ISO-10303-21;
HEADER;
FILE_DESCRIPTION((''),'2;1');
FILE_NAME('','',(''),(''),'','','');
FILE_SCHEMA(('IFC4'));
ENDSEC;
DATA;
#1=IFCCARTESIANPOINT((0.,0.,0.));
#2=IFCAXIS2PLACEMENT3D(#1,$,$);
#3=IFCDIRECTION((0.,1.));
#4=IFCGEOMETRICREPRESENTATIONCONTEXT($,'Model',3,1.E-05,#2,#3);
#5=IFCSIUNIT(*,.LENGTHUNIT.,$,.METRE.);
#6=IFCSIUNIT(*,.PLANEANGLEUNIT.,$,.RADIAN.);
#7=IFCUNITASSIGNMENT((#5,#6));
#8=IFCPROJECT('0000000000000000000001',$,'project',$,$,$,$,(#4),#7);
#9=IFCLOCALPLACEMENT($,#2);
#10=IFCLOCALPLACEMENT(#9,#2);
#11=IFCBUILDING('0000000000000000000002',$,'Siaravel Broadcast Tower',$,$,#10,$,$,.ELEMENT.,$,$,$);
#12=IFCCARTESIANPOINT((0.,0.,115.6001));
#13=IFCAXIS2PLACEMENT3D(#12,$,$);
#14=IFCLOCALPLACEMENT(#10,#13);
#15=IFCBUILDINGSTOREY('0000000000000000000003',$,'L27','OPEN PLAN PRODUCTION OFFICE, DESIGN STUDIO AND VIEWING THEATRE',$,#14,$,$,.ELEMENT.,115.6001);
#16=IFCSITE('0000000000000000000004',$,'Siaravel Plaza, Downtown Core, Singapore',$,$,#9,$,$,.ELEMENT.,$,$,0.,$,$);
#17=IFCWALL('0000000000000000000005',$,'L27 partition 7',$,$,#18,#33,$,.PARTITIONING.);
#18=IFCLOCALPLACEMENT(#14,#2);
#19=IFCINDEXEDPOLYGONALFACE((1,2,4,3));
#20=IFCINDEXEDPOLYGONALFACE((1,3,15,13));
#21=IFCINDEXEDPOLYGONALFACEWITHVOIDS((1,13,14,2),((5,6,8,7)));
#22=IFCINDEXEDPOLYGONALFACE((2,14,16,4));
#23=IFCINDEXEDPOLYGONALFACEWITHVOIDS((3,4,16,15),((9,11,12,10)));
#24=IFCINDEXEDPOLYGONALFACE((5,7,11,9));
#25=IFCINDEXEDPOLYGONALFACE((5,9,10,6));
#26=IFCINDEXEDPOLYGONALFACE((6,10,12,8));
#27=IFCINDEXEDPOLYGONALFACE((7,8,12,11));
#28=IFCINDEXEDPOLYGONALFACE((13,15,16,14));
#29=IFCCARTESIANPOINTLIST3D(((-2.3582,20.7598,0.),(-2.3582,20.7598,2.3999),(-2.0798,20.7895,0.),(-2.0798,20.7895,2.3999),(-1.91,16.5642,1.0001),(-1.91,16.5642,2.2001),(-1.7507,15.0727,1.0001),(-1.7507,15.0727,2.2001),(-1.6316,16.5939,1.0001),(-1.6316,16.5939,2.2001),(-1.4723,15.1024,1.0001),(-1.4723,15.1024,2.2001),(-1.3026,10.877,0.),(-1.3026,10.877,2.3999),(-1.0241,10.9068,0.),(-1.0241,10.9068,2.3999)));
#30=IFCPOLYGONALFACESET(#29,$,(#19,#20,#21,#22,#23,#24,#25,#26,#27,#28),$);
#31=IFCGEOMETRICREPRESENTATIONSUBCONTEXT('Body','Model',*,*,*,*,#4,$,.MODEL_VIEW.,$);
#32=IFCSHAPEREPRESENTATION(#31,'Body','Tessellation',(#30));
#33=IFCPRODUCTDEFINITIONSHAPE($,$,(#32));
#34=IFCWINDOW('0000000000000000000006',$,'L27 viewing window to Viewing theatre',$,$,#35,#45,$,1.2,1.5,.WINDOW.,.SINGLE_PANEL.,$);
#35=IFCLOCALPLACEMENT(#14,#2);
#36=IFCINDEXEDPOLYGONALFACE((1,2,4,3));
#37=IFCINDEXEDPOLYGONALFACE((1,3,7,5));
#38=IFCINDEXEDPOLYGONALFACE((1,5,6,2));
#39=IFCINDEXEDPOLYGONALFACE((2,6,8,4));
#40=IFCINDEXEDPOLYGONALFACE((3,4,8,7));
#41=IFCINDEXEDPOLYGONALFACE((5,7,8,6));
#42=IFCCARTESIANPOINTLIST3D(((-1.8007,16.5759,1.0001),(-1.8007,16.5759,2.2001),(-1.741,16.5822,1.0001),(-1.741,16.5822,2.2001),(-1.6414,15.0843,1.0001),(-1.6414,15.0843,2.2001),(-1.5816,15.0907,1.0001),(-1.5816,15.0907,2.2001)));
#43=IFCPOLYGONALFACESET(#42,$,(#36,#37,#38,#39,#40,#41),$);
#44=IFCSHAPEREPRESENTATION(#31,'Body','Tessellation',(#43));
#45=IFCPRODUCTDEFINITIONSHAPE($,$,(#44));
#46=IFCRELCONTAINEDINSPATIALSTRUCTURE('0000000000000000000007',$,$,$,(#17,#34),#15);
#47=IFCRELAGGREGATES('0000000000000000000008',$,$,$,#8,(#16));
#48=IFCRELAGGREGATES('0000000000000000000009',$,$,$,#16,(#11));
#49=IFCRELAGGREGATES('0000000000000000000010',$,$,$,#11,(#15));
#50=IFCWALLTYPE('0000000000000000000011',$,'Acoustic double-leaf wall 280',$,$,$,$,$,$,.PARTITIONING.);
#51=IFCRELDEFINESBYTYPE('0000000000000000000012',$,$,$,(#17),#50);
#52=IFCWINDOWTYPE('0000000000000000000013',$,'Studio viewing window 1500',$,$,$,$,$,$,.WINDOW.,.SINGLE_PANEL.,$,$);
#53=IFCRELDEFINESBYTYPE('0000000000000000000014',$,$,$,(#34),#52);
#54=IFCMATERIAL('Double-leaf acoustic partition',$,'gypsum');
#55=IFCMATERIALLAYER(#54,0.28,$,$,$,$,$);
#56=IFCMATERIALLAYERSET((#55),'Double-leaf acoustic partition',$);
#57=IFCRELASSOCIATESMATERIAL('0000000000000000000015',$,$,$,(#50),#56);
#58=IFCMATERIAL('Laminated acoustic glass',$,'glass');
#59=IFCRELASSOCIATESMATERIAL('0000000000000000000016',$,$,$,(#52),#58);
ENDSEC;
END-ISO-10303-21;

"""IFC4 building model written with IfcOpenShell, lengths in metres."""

from ifc_helpers import new_model, si_unit, direction, frame, frame_2d, origin, place, context, subcontext, project, spatial, rectangle, extrude, material, layer, layer_set, type_object, element, fill, save


model = new_model("IFC4")

# Units and contexts
model_context = context("Model", 3, precision=1e-05, world=origin(), true_north=direction((0.0, 1.0)))
body_context = subcontext(model_context, "Body", "Model", "MODEL_VIEW")
ifc_project = project(units=[si_unit("LENGTHUNIT", "METRE"), si_unit("PLANEANGLEUNIT", "RADIAN")], contexts=[model_context])

# Site, building, storey
site_placement = place(None, origin())
site = spatial("IfcSite", under=ifc_project, at=site_placement, Name="Siaravel Plaza, Downtown Core, Singapore", CompositionType="ELEMENT", RefElevation=0.0)
building_placement = place(site_placement, origin())
building = spatial("IfcBuilding", under=site, at=building_placement, Name="Siaravel Broadcast Tower", CompositionType="ELEMENT")
storey_placement = place(building_placement, frame((0.0, 0.0, 115.6001)))
storey = spatial("IfcBuildingStorey", under=building, at=storey_placement, Name="L27", Description="OPEN PLAN PRODUCTION OFFICE, DESIGN STUDIO AND VIEWING THEATRE", CompositionType="ELEMENT", Elevation=115.6001)

# Wall, opening, window
ifc_material_1 = material(Name="Double-leaf acoustic partition", Category="gypsum")
ifc_layer_1 = layer(ifc_material_1, 0.28)
ifc_layer_set_1 = layer_set([ifc_layer_1], Name="Double-leaf acoustic partition")
wall_type = type_object("IfcWallType", Name="Acoustic double-leaf wall 280", PredefinedType="PARTITIONING", material=ifc_layer_set_1)
wall_placement = place(storey_placement, frame((-2.219, 20.7747, 0.0), z_axis=(0.0, 0.0, 1.0), x_axis=(0.106214, -0.994343, 0.0)))
wall = element("IfcWall", 1, at=wall_placement, inside=storey, type_object=wall_type, Name="L27 partition 7", PredefinedType="PARTITIONING", context=body_context, shape_type="SweptSolid", body=[
    extrude(rectangle(XDim=9.939, YDim=0.28, at=frame_2d((4.9695, 0.0))), origin(), (0.0, 0.0, 1.0), 2.3999),
])
opening_placement = place(wall_placement, frame((4.2195, 0.0, 1.0)))
opening = element("IfcOpeningElement", 2, at=opening_placement, cuts=wall, PredefinedType="OPENING", context=body_context, shape_type="SweptSolid", body=[
    extrude(rectangle(XDim=1.5, YDim=1.2, at=frame_2d((0.75, 0.6001))), frame((0.0, 0.1499, 0.0), z_axis=(0.0, -1.0, 0.0), x_axis=(1.0, 0.0, 0.0)), (0.0, 0.0, 1.0), 0.3),
])
ifc_material_2 = material(Name="Laminated acoustic glass", Category="glass")
window_type = type_object("IfcWindowType", Name="Studio viewing window 1500", PartitioningType="SINGLE_PANEL", PredefinedType="WINDOW", material=ifc_material_2)
window_placement = place(opening_placement, origin())
window = element("IfcWindow", 3, at=window_placement, inside=storey, type_object=window_type, Name="L27 viewing window to Viewing theatre", OverallHeight=1.2, OverallWidth=1.5, PartitioningType="SINGLE_PANEL", PredefinedType="WINDOW", context=body_context, shape_type="SweptSolid", body=[
    extrude(rectangle(XDim=1.5, YDim=1.2, at=frame_2d((0.75, 0.6001))), frame((0.0, 0.03, 0.0), z_axis=(0.0, -1.0, 0.0), x_axis=(1.0, 0.0, 0.0)), (0.0, 0.0, 1.0), 0.0601),
])
fill(opening, window)

save(model, "model.ifc")
